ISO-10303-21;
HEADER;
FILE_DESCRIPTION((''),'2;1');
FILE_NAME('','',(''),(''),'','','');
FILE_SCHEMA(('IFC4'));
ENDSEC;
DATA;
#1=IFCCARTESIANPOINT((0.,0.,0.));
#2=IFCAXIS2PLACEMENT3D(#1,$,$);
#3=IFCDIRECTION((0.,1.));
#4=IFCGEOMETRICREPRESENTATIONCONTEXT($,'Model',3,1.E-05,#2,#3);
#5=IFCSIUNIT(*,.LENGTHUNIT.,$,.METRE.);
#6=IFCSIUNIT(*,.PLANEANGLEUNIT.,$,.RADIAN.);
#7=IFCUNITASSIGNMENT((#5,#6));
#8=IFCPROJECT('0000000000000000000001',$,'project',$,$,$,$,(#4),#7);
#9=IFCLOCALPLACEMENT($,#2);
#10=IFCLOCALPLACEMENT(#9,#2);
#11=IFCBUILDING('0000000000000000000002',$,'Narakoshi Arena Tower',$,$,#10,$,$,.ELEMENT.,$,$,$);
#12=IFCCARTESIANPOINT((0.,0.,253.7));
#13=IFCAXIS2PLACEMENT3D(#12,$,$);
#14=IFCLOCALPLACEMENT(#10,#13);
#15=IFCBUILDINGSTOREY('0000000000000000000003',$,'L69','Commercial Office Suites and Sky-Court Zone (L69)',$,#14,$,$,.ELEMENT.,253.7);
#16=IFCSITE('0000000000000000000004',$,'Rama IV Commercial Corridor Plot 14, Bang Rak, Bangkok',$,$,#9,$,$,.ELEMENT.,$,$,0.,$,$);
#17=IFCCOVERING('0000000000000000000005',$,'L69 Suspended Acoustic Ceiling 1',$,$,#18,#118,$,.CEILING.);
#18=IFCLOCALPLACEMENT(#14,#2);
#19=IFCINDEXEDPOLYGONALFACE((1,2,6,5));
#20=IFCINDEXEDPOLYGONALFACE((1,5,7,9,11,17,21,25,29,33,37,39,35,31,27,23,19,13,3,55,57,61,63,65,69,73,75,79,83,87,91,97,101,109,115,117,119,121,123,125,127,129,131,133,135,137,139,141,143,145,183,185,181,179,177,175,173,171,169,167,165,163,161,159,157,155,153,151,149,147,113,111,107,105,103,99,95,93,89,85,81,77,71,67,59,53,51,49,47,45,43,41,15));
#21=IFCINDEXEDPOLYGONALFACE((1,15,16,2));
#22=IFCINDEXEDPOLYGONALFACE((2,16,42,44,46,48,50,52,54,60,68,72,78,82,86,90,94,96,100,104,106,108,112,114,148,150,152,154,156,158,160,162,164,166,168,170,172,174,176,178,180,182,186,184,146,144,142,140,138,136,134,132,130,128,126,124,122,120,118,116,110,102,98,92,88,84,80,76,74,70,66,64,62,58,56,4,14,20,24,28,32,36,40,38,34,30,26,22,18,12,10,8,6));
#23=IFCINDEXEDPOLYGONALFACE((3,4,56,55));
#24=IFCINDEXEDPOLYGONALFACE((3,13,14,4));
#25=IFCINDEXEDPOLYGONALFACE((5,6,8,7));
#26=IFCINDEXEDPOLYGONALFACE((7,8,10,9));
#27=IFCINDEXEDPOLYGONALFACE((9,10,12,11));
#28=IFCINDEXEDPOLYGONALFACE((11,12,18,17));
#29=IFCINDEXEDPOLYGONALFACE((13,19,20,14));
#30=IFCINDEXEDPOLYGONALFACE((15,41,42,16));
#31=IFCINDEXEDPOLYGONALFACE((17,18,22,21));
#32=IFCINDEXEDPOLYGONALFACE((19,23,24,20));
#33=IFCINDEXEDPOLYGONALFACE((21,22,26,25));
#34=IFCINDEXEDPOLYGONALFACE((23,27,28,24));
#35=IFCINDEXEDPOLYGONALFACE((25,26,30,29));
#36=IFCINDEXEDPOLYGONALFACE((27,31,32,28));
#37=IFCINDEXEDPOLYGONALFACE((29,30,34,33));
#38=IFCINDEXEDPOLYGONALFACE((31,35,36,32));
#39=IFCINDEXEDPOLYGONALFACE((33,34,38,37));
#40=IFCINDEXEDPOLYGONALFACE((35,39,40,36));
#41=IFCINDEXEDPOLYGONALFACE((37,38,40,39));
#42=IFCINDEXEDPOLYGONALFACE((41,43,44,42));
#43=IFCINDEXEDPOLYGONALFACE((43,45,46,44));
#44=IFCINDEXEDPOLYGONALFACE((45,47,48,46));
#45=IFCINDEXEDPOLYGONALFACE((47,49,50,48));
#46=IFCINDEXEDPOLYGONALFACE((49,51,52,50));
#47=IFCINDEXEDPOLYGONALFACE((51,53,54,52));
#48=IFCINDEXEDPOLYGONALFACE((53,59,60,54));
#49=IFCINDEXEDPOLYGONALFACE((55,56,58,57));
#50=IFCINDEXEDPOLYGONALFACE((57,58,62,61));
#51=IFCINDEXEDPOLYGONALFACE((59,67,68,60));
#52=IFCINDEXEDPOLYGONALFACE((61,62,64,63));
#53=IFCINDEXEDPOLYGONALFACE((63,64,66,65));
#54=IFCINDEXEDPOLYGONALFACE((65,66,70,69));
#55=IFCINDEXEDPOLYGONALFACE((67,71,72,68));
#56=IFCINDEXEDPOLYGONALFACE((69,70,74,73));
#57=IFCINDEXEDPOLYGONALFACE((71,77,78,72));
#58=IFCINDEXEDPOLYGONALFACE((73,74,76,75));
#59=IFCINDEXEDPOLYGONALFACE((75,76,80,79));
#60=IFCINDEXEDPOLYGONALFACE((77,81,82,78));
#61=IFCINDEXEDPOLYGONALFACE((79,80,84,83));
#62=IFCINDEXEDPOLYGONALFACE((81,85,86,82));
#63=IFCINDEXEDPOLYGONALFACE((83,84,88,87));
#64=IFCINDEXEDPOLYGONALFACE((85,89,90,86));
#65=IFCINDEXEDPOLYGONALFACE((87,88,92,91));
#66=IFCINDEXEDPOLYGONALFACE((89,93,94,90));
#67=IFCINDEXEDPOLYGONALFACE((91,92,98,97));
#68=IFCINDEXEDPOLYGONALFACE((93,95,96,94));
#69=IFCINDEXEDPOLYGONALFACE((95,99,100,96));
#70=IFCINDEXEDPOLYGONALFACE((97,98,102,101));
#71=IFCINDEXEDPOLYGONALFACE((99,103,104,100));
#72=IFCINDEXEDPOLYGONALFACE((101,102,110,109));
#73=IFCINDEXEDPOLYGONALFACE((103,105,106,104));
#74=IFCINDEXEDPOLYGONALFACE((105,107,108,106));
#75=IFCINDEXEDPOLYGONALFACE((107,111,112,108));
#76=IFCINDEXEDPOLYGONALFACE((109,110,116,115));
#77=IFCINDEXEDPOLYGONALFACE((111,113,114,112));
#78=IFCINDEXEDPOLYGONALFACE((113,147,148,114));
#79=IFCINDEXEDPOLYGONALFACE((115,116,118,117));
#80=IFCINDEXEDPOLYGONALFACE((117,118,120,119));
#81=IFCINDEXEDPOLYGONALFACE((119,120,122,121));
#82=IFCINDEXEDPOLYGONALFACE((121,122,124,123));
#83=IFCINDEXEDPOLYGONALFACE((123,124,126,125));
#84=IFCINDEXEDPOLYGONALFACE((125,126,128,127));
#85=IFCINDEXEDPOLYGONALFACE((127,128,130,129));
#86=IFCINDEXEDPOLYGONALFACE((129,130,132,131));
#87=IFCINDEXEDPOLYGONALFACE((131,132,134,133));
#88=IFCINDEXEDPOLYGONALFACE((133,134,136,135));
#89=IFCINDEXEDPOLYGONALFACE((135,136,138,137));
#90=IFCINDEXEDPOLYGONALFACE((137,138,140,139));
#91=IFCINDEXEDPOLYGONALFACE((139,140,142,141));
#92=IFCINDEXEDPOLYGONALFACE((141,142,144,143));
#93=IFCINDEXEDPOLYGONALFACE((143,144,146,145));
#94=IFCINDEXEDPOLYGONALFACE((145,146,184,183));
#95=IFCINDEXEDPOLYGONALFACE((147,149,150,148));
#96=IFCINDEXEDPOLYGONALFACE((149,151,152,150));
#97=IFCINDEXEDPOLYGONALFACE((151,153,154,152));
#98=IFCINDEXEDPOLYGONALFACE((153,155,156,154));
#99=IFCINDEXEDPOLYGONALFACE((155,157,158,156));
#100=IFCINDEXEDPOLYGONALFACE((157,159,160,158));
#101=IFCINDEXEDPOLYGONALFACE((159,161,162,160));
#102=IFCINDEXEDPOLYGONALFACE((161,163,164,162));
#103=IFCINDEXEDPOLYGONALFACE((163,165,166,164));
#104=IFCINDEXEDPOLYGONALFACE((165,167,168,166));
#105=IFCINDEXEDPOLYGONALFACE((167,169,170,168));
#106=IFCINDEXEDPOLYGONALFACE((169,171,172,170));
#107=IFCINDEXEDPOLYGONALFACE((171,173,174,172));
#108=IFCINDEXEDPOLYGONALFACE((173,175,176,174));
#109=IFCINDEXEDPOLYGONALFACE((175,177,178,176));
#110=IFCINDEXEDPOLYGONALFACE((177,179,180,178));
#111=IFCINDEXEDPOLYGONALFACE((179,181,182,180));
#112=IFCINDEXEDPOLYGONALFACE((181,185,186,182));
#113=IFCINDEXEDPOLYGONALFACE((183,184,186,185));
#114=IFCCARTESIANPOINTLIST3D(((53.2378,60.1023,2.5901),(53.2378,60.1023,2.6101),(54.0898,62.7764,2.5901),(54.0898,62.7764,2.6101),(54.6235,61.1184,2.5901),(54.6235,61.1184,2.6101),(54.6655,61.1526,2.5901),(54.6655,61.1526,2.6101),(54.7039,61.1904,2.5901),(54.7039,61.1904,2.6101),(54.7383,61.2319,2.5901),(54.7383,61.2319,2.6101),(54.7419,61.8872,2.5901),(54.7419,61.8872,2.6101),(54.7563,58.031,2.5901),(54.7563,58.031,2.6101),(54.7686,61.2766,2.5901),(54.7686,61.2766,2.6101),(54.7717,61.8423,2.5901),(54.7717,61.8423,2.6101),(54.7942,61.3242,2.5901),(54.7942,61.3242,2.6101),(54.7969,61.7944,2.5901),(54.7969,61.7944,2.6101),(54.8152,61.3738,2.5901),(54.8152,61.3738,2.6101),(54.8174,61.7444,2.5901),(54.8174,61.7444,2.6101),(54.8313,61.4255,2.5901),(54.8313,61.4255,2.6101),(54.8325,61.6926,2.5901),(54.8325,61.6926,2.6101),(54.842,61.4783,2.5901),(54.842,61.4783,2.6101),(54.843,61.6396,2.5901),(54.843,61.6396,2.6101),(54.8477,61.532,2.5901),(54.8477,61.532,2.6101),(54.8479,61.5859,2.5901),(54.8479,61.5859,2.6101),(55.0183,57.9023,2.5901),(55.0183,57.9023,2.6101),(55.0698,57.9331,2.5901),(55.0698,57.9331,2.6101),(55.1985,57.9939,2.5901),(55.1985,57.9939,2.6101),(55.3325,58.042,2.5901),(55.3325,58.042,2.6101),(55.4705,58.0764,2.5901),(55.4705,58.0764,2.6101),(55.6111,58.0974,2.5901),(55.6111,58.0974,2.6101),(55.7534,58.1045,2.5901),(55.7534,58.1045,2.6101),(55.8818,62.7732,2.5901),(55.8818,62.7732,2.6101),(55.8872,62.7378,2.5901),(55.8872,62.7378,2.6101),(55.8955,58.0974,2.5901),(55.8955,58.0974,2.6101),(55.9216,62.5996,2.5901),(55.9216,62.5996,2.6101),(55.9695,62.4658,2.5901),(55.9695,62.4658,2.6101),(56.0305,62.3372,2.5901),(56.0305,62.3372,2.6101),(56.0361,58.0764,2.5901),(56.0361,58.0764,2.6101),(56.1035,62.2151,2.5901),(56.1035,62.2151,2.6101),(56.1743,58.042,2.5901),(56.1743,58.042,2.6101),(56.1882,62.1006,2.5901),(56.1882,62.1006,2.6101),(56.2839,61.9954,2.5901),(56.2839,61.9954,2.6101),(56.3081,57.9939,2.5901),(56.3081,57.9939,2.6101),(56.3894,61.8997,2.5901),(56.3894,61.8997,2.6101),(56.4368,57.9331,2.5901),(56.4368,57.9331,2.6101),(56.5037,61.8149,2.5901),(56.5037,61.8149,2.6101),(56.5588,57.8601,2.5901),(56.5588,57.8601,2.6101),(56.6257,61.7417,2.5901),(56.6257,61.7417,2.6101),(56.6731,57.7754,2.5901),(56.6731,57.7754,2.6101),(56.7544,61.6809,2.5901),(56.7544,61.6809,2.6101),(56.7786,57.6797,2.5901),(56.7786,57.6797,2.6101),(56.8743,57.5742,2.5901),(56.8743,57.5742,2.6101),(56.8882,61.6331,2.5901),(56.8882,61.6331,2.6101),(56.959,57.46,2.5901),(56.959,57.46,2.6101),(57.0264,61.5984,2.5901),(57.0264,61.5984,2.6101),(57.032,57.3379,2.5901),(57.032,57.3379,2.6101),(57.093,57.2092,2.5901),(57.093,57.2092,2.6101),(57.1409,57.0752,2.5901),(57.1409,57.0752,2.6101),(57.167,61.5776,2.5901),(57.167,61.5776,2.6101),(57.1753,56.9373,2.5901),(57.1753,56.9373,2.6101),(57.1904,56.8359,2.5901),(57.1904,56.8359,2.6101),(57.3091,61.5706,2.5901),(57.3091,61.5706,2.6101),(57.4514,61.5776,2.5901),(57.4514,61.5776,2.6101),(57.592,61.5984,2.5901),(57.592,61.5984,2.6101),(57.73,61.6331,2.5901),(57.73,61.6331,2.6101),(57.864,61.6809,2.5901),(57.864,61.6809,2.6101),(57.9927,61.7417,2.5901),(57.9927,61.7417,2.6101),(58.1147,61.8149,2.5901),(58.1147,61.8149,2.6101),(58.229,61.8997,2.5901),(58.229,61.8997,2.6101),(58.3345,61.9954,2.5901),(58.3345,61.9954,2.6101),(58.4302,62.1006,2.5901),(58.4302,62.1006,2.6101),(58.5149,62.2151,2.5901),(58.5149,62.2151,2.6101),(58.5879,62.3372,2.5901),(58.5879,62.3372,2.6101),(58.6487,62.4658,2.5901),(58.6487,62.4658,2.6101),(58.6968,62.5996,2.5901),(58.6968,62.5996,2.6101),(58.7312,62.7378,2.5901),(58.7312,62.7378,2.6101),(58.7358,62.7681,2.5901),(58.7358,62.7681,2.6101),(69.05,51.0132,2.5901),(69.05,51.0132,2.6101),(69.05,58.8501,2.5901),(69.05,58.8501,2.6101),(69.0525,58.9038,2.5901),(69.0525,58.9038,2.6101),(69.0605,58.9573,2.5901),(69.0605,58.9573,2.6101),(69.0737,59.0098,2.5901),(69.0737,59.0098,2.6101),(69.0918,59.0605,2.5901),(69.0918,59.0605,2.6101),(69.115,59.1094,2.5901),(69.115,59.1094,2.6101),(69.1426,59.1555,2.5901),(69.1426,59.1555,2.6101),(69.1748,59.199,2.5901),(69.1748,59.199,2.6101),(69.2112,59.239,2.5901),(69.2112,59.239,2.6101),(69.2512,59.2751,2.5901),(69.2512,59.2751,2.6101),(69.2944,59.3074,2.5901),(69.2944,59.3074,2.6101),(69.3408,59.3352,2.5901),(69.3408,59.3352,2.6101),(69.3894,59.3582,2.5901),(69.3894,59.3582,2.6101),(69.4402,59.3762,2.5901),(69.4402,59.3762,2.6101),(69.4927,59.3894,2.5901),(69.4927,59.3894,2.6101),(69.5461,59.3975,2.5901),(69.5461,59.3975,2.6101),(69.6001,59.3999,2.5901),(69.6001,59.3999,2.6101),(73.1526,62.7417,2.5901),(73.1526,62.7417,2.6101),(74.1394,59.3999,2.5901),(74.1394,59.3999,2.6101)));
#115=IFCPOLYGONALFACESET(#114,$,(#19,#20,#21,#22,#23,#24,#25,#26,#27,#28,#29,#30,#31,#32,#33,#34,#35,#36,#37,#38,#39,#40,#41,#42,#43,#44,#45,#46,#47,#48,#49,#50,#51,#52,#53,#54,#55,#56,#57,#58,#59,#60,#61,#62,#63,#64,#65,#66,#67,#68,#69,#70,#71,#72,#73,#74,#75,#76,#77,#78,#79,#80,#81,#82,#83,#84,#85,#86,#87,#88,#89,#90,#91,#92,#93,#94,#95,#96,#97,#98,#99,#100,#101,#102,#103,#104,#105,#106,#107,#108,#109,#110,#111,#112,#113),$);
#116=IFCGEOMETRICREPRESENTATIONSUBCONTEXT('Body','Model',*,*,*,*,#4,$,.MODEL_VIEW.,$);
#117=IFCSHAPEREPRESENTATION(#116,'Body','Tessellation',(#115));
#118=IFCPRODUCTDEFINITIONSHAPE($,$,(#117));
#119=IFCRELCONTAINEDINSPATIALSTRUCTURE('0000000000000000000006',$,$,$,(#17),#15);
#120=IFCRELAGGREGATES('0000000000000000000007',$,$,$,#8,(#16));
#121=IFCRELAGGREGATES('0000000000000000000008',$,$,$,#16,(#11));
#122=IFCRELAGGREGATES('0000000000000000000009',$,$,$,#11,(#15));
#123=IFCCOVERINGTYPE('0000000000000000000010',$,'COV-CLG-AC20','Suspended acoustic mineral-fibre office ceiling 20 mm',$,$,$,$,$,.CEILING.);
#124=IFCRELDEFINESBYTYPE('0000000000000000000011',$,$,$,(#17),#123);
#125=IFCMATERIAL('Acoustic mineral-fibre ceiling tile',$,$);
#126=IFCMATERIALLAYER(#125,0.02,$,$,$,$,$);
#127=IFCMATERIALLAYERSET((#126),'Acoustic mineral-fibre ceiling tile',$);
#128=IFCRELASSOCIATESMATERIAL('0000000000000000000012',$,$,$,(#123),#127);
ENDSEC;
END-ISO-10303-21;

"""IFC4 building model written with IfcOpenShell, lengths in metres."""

from ifc_helpers import new_model, si_unit, direction, frame, origin, place, context, subcontext, project, spatial, polyline, outline, extrude, material, layer, layer_set, type_object, element, save


model = new_model("IFC4")

# Units and contexts
model_context = context("Model", 3, precision=1e-05, world=origin(), true_north=direction((0.0, 1.0)))
body_context = subcontext(model_context, "Body", "Model", "MODEL_VIEW")
ifc_project = project(units=[si_unit("LENGTHUNIT", "METRE"), si_unit("PLANEANGLEUNIT", "RADIAN")], contexts=[model_context])

# Site, building, storey
site_placement = place(None, origin())
site = spatial("IfcSite", under=ifc_project, at=site_placement, Name="Rama IV Commercial Corridor Plot 14, Bang Rak, Bangkok", CompositionType="ELEMENT", RefElevation=0.0)
building_placement = place(site_placement, origin())
building = spatial("IfcBuilding", under=site, at=building_placement, Name="Narakoshi Arena Tower", CompositionType="ELEMENT")
storey_placement = place(building_placement, frame((0.0, 0.0, 253.7)))
storey = spatial("IfcBuildingStorey", under=building, at=storey_placement, Name="L69", Description="Commercial Office Suites and Sky-Court Zone (L69)", CompositionType="ELEMENT", Elevation=253.7)

# Covering
ifc_material_1 = material(Name="Acoustic mineral-fibre ceiling tile")
ifc_layer_1 = layer(ifc_material_1, 0.02)
ifc_layer_set_1 = layer_set([ifc_layer_1], Name="Acoustic mineral-fibre ceiling tile")
covering_type_1 = type_object("IfcCoveringType", Name="COV-CLG-AC20", Description="Suspended acoustic mineral-fibre office ceiling 20 mm", PredefinedType="CEILING", material=ifc_layer_set_1)
covering_1_placement = place(storey_placement, frame((0.0, 0.0, 2.5901)))
element("IfcCovering", 1, at=covering_1_placement, inside=storey, type_object=covering_type_1, Name="L69 Suspended Acoustic Ceiling 1", PredefinedType="CEILING", context=body_context, shape_type="SweptSolid", body=[
    extrude(outline(polyline([(55.8818, 62.7732), (55.8872, 62.7378), (55.9216, 62.5996), (55.9695, 62.4658), (56.0305, 62.3372), (56.1035, 62.2151), (56.1882, 62.1006), (56.2839, 61.9954), (56.3894, 61.8997), (56.5037, 61.8149), (56.6257, 61.7417), (56.7544, 61.6809), (56.8882, 61.6331), (57.0264, 61.5984), (57.167, 61.5776), (57.3091, 61.5706), (57.4514, 61.5776), (57.592, 61.5984), (57.73, 61.6331), (57.864, 61.6809), (57.9927, 61.7417), (58.1147, 61.8149), (58.229, 61.8997), (58.3345, 61.9954), (58.4302, 62.1006), (58.5149, 62.2151), (58.5879, 62.3372), (58.6487, 62.4658), (58.6968, 62.5996), (58.7312, 62.7378), (58.7358, 62.7681), (73.1526, 62.7417), (74.1394, 59.3999), (69.6001, 59.3999), (69.5461, 59.3975), (69.4927, 59.3894), (69.4402, 59.3762), (69.3894, 59.3582), (69.3408, 59.3352), (69.2944, 59.3074), (69.2512, 59.2751), (69.2112, 59.239), (69.1748, 59.199), (69.1426, 59.1555), (69.115, 59.1094), (69.0918, 59.0605), (69.0737, 59.0098), (69.0605, 58.9573), (69.0525, 58.9038), (69.05, 58.8501), (69.05, 51.0132), (57.1904, 56.8359), (57.1753, 56.9373), (57.1409, 57.0752), (57.093, 57.2092), (57.032, 57.3379), (56.959, 57.46), (56.8743, 57.5742), (56.7786, 57.6797), (56.6731, 57.7754), (56.5588, 57.8601), (56.4368, 57.9331), (56.3081, 57.9939), (56.1743, 58.042), (56.0361, 58.0764), (55.8955, 58.0974), (55.7534, 58.1045), (55.6111, 58.0974), (55.4705, 58.0764), (55.3325, 58.042), (55.1985, 57.9939), (55.0698, 57.9331), (55.0183, 57.9023), (54.7563, 58.031), (53.2378, 60.1023), (54.6235, 61.1184), (54.6655, 61.1526), (54.7039, 61.1904), (54.7383, 61.2319), (54.7686, 61.2766), (54.7942, 61.3242), (54.8152, 61.3738), (54.8313, 61.4255), (54.842, 61.4783), (54.8477, 61.532), (54.8479, 61.5859), (54.843, 61.6396), (54.8325, 61.6926), (54.8174, 61.7444), (54.7969, 61.7944), (54.7717, 61.8423), (54.7419, 61.8872), (54.0898, 62.7764), (55.8818, 62.7732)])), origin(), (0.0, 0.0, 1.0), 0.02),
])

save(model, "model.ifc")
